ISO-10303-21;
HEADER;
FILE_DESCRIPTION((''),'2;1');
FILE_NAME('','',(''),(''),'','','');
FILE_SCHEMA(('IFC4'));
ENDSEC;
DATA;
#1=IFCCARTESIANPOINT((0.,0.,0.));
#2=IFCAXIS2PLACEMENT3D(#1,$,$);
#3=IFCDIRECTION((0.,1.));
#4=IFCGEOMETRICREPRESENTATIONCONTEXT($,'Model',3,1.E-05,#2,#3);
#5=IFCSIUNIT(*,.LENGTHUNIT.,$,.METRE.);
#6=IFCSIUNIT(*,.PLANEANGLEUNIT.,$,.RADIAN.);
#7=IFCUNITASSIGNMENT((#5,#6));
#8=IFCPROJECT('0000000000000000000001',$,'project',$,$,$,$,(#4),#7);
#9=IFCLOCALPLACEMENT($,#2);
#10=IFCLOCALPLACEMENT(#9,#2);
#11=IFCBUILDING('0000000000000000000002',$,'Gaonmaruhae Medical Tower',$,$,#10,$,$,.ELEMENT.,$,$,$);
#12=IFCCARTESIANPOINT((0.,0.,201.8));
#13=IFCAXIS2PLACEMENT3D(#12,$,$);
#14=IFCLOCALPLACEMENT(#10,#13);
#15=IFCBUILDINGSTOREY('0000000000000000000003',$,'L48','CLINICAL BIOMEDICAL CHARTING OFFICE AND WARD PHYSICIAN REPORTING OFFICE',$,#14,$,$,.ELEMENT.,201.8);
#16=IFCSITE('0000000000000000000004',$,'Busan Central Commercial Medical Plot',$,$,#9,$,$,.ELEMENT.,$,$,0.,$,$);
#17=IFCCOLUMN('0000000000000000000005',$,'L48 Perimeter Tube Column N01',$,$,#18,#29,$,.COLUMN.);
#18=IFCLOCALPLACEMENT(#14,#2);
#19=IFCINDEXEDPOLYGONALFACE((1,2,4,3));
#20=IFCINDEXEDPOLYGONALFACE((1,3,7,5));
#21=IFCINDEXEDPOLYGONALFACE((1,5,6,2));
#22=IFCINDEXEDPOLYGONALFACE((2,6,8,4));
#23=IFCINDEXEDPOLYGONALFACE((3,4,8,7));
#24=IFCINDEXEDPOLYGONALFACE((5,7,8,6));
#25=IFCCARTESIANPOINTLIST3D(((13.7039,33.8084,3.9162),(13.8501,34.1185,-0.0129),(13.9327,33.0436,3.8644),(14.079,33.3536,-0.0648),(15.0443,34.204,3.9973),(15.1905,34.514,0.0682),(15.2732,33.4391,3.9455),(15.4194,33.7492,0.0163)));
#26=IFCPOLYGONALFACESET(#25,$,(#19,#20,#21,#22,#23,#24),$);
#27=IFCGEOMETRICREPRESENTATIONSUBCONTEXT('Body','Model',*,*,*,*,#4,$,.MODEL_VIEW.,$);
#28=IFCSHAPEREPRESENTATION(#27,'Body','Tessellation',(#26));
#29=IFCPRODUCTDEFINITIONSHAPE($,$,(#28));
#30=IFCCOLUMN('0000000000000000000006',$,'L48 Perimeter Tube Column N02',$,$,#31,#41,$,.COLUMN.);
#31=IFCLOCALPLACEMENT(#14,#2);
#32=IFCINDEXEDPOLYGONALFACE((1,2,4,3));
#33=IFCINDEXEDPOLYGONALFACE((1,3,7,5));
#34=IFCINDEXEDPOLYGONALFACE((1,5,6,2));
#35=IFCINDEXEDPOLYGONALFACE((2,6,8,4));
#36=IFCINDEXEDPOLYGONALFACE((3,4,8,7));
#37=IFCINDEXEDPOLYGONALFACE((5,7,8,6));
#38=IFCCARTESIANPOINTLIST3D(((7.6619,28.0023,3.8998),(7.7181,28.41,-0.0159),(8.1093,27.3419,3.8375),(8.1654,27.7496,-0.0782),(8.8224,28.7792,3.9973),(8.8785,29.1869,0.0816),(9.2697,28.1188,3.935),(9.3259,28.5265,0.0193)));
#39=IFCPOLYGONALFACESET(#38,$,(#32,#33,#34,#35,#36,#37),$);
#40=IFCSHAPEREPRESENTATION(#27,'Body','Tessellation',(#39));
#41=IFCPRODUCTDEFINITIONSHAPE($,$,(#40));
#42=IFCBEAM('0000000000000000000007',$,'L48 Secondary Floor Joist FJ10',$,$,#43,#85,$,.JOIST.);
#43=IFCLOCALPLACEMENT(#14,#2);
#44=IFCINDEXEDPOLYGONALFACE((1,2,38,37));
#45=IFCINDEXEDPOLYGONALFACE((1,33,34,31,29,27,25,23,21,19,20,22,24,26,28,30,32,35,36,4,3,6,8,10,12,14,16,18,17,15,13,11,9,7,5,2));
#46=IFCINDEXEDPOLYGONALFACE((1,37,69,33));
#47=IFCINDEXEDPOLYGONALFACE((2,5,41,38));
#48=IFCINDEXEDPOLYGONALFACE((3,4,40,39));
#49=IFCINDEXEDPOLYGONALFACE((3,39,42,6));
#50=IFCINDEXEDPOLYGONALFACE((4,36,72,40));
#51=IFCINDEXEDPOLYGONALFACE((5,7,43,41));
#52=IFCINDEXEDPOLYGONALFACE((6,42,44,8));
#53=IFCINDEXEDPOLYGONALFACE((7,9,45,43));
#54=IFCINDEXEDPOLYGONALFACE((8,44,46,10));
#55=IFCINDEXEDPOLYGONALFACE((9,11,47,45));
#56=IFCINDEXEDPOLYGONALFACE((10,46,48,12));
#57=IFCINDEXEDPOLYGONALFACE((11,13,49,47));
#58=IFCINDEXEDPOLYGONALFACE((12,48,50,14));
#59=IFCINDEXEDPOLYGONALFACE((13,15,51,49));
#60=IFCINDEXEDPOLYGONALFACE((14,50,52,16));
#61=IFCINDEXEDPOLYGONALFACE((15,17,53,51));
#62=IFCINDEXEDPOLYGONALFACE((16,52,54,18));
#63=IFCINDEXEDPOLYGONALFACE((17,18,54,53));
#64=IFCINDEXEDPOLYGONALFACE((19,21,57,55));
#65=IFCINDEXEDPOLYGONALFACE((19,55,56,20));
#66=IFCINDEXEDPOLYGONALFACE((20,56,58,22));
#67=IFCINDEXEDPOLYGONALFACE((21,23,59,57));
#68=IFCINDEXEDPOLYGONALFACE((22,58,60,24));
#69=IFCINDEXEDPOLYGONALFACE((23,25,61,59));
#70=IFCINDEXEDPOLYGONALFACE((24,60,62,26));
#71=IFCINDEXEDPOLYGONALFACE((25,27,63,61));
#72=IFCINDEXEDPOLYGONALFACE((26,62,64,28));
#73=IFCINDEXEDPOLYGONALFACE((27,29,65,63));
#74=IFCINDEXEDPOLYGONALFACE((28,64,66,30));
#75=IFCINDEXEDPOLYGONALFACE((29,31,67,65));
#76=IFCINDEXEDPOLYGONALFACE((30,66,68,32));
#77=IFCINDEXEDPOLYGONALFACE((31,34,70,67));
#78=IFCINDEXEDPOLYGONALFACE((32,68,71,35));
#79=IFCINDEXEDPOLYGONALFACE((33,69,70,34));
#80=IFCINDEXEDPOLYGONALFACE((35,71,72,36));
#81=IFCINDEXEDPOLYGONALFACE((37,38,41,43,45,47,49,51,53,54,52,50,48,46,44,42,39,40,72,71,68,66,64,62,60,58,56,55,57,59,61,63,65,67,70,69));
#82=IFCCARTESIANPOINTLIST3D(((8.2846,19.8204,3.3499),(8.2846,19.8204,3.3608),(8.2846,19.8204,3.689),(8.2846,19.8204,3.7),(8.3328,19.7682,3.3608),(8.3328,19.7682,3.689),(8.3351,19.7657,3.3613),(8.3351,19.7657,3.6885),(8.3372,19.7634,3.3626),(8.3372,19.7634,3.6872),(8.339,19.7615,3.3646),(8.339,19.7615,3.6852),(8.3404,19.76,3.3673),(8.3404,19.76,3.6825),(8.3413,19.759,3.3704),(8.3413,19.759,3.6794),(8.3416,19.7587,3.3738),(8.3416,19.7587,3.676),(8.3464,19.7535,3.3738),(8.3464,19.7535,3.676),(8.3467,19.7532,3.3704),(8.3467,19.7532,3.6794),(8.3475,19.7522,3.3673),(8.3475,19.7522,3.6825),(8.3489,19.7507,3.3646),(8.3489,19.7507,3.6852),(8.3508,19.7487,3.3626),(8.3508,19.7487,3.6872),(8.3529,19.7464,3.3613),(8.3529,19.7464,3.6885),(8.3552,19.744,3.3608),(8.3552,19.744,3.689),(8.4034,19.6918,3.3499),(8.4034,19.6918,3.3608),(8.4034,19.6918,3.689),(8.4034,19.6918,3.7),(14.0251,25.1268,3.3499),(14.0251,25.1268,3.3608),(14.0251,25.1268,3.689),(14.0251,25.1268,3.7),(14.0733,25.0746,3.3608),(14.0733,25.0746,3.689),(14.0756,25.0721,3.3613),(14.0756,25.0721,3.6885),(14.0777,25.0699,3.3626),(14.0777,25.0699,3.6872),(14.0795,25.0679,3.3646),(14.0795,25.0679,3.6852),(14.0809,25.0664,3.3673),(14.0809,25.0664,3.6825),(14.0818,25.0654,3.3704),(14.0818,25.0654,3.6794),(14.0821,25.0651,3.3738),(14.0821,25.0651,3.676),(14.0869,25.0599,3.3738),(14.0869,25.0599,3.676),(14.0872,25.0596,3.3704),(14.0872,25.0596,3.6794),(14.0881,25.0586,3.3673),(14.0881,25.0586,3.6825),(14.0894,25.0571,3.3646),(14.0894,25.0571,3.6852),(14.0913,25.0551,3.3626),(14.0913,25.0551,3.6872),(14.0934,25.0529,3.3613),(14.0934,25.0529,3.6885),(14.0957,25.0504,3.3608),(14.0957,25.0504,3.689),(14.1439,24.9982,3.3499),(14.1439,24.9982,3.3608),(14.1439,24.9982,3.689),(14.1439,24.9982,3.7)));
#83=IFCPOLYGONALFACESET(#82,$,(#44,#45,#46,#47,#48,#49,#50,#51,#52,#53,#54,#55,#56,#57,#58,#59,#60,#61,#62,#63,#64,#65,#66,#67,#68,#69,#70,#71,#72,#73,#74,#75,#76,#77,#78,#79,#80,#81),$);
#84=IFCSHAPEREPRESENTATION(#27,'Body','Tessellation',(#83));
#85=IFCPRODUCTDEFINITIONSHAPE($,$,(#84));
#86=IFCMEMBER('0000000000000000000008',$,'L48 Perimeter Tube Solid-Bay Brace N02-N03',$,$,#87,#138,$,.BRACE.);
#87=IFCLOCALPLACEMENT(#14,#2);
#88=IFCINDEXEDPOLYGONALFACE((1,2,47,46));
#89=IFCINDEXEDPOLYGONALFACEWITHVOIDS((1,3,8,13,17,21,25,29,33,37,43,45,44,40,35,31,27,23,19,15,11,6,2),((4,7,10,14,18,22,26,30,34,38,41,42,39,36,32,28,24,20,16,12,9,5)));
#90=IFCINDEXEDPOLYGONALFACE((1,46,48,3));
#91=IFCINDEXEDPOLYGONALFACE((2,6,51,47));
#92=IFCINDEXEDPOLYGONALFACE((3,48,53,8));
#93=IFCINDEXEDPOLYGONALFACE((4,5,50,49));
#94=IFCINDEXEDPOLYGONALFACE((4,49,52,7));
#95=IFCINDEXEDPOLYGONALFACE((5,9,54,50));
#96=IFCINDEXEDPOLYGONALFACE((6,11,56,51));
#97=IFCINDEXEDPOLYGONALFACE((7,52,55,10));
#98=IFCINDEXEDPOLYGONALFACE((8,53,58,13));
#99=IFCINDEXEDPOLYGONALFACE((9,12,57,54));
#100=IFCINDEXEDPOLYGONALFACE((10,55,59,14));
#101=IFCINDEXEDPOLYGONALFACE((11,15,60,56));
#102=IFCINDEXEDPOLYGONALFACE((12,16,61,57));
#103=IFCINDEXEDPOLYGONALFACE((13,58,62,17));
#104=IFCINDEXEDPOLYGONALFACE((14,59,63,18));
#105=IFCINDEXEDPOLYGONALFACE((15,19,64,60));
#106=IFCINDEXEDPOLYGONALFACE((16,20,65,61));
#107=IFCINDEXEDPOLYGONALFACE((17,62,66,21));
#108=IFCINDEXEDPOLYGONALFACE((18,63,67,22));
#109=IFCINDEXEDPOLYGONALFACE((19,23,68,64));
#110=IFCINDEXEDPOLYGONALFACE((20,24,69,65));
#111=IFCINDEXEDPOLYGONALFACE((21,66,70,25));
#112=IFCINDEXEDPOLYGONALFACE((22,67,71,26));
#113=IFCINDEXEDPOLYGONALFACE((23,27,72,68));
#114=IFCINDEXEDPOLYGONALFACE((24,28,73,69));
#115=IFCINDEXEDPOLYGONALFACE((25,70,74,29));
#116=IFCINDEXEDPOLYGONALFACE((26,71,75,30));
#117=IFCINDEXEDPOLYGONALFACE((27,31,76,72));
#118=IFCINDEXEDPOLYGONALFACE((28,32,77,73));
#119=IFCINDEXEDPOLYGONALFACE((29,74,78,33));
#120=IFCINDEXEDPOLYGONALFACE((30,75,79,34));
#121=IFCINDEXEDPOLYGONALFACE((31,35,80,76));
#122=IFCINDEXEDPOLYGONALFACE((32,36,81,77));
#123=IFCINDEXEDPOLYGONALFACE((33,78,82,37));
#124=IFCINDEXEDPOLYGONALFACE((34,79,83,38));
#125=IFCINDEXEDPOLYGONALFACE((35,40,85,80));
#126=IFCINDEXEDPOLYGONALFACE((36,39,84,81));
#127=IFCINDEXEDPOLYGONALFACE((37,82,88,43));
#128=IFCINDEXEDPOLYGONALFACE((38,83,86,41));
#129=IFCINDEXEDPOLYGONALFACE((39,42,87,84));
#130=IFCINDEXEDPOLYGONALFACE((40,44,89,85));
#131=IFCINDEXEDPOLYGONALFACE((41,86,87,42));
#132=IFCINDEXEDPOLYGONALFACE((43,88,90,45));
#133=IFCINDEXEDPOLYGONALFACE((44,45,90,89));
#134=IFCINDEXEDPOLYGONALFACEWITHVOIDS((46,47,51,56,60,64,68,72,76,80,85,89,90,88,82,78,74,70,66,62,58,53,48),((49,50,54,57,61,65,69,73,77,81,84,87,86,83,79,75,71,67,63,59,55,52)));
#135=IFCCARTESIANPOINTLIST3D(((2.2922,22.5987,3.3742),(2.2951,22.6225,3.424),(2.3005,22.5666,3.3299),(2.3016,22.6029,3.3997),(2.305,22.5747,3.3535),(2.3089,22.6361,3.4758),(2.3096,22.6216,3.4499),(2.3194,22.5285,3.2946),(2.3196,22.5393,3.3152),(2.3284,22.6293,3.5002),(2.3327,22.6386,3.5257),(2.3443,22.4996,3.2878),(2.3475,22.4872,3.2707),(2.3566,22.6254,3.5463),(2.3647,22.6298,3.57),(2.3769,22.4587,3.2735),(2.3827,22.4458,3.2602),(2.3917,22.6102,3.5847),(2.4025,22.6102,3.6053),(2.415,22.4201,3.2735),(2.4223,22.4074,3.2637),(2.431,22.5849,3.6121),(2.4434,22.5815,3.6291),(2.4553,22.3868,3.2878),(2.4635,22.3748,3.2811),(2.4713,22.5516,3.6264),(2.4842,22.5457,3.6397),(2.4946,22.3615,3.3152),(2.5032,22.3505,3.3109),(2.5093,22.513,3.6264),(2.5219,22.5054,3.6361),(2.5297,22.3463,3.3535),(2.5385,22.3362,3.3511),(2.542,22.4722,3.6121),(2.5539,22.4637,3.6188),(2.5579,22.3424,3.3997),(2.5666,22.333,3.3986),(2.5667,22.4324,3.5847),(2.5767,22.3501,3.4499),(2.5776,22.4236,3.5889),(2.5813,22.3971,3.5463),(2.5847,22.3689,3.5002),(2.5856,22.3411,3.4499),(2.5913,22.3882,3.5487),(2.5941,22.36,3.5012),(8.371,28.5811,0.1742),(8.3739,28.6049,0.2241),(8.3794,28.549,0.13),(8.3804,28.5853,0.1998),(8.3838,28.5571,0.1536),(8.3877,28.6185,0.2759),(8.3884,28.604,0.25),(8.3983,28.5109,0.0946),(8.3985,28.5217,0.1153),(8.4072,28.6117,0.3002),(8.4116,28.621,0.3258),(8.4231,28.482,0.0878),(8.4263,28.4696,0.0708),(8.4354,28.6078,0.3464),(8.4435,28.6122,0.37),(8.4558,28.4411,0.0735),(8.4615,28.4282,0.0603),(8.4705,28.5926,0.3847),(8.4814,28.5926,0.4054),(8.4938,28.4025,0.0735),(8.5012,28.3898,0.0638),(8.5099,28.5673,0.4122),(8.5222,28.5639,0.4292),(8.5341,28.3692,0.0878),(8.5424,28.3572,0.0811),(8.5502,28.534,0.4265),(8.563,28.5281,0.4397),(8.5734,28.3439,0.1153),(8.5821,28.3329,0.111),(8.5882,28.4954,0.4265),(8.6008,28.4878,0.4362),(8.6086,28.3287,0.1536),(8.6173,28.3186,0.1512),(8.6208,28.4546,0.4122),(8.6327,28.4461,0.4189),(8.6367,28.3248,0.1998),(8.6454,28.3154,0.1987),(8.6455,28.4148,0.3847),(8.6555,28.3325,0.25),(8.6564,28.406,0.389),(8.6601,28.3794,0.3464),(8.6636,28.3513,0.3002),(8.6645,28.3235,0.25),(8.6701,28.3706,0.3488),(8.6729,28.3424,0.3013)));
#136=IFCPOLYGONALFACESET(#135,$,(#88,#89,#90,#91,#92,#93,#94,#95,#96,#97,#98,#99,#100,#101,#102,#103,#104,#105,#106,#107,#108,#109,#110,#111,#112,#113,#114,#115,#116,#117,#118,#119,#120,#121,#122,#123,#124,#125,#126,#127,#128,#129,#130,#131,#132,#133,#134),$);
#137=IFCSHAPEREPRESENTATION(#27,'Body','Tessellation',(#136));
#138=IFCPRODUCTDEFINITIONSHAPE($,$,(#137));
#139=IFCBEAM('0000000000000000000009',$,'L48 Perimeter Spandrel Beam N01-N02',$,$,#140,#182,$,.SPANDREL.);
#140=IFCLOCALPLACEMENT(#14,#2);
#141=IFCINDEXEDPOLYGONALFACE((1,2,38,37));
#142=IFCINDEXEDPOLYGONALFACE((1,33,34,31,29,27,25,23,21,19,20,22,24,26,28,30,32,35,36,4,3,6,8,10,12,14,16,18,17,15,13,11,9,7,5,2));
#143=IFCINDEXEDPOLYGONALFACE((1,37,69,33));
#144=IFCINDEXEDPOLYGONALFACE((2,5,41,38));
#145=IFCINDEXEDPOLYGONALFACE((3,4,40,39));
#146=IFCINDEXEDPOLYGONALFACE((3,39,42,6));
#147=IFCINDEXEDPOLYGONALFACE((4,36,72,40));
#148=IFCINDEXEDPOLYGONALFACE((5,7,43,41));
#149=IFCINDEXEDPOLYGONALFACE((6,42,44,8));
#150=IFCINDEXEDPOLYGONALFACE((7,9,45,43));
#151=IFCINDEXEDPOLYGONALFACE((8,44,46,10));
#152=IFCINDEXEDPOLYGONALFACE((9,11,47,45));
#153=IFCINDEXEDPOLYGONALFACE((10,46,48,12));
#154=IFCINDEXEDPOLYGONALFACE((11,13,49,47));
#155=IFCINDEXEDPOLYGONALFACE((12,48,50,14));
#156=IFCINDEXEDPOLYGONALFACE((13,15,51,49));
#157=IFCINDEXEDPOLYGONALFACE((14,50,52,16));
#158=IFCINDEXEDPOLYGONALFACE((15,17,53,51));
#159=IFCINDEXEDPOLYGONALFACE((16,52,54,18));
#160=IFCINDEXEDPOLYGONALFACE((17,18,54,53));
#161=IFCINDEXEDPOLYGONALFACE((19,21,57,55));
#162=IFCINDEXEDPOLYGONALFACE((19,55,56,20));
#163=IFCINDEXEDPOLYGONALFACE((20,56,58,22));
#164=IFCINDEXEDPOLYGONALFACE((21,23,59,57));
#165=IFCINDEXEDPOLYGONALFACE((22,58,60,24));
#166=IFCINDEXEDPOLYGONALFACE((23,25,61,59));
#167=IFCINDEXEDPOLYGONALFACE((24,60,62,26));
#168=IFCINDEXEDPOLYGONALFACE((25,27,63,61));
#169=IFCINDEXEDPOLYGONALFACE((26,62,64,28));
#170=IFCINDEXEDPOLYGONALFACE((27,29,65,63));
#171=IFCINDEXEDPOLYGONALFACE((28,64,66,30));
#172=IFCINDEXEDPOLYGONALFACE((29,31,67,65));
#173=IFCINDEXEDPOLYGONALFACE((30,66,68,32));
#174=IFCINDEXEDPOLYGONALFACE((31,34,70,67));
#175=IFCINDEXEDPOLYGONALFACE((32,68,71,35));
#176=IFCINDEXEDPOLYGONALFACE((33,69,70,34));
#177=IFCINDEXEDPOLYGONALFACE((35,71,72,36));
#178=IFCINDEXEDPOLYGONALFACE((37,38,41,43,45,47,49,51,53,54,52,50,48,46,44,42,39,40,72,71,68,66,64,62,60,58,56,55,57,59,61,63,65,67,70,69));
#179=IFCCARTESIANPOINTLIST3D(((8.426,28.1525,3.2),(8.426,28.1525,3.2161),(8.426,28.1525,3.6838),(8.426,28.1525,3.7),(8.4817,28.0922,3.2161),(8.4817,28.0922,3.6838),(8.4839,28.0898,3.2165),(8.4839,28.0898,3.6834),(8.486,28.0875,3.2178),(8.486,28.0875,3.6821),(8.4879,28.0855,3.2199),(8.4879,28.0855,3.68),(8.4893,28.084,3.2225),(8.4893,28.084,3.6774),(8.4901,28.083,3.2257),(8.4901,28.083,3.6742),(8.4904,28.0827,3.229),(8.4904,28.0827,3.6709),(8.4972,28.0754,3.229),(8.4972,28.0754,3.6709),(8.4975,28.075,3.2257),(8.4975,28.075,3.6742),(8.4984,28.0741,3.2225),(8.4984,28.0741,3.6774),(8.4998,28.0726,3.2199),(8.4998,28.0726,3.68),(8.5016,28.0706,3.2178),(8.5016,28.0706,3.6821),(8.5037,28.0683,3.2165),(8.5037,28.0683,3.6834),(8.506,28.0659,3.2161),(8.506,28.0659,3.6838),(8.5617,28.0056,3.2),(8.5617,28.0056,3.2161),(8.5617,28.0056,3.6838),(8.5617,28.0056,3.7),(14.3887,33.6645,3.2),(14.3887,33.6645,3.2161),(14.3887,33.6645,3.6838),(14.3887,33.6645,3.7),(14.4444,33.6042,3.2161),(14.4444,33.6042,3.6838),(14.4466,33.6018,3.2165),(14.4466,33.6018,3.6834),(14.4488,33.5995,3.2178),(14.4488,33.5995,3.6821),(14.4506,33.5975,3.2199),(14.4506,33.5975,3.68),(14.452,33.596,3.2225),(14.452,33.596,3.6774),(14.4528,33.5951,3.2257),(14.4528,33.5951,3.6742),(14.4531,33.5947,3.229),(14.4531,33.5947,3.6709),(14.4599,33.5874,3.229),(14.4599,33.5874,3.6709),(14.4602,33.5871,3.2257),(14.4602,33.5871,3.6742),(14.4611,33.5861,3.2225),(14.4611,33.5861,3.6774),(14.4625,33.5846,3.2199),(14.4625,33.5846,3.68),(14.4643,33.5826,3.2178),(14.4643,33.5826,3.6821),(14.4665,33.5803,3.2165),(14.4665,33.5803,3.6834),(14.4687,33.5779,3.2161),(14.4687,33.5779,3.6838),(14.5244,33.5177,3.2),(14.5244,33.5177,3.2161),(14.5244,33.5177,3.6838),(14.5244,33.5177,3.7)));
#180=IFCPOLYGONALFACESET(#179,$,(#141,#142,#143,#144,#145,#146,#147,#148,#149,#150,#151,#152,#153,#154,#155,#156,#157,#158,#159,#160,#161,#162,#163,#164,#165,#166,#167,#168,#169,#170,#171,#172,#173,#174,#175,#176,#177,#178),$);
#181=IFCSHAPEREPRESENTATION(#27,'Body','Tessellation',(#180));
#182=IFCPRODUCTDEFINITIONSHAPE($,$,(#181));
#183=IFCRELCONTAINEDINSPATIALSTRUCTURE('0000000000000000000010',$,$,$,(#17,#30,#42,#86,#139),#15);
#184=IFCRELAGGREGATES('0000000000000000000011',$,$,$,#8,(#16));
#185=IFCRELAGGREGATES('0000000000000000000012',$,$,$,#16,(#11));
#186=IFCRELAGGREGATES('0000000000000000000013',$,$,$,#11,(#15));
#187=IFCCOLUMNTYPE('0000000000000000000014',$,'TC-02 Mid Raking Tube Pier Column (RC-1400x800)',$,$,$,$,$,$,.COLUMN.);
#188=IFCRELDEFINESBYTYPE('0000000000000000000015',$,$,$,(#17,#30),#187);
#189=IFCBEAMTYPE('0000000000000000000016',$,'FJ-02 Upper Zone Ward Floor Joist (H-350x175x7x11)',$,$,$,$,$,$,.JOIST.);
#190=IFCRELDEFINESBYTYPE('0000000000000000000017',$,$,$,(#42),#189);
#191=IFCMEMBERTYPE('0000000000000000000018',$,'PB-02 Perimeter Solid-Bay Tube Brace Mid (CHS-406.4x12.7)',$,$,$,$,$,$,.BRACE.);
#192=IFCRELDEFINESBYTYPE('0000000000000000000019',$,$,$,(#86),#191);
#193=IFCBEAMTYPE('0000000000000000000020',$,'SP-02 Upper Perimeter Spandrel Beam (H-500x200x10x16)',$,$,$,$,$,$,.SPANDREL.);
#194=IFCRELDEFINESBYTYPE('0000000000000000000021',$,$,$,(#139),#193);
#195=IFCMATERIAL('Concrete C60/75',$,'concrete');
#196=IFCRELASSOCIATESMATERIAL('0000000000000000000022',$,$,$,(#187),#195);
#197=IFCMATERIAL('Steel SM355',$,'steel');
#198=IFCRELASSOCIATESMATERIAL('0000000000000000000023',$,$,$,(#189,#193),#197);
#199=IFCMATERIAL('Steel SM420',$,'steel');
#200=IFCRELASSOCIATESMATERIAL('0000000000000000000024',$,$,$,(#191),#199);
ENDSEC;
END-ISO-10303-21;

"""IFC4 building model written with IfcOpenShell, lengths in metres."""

from ifc_helpers import new_model, si_unit, direction, frame, origin, origin_2d, place, context, subcontext, project, spatial, rectangle, hollow_circle, i_section, extrude, material, material_profile, profile_set, type_object, element, save


model = new_model("IFC4")

# Units and contexts
model_context = context("Model", 3, precision=1e-05, world=origin(), true_north=direction((0.0, 1.0)))
body_context = subcontext(model_context, "Body", "Model", "MODEL_VIEW")
ifc_project = project(units=[si_unit("LENGTHUNIT", "METRE"), si_unit("PLANEANGLEUNIT", "RADIAN")], contexts=[model_context])

# Site, building, storey
site_placement = place(None, origin())
site = spatial("IfcSite", under=ifc_project, at=site_placement, Name="Busan Central Commercial Medical Plot", CompositionType="ELEMENT", RefElevation=0.0)
building_placement = place(site_placement, origin())
building = spatial("IfcBuilding", under=site, at=building_placement, Name="Gaonmaruhae Medical Tower", CompositionType="ELEMENT")
storey_placement = place(building_placement, frame((0.0, 0.0, 201.8)))
storey = spatial("IfcBuildingStorey", under=building, at=storey_placement, Name="L48", Description="CLINICAL BIOMEDICAL CHARTING OFFICE AND WARD PHYSICIAN REPORTING OFFICE", CompositionType="ELEMENT", Elevation=201.8)

# Columns
ifc_material_1 = material(Name="Concrete C60/75", Category="concrete")
ifc_material_profile_1 = material_profile(ifc_material_1, rectangle(XDim=1.3999, YDim=0.8, at=origin_2d()), Name="RC-1400x800")
ifc_profile_set_1 = profile_set([ifc_material_profile_1], Name="Concrete C60/75")
column_type = type_object("IfcColumnType", Name="TC-02 Mid Raking Tube Pier Column (RC-1400x800)", PredefinedType="COLUMN", material=ifc_profile_set_1)
column_1_placement = place(storey_placement, frame((14.6348, 33.9338, 0.0017), z_axis=(-0.037078, -0.078613, 0.996215), x_axis=(0.957501, 0.282553, 0.057934)))
element("IfcColumn", 1, at=column_1_placement, inside=storey, type_object=column_type, Name="L48 Perimeter Tube Column N01", PredefinedType="COLUMN", context=body_context, shape_type="SweptSolid", body=[
    extrude(rectangle(XDim=1.3999, YDim=0.8, at=origin_2d()), origin(), (0.0, 0.0, 1.0), 3.9441),
])
column_2_placement = place(storey_placement, frame((8.522, 28.4683, 0.0017), z_axis=(-0.014261, -0.103551, 0.994522), x_axis=(0.828946, 0.554972, 0.069671)))
element("IfcColumn", 2, at=column_2_placement, inside=storey, type_object=column_type, Name="L48 Perimeter Tube Column N02", PredefinedType="COLUMN", context=body_context, shape_type="SweptSolid", body=[
    extrude(rectangle(XDim=1.3999, YDim=0.8, at=origin_2d()), origin(), (0.0, 0.0, 1.0), 3.9373),
])

# Beam
ifc_material_2 = material(Name="Steel SM355", Category="steel")
ifc_material_profile_2 = material_profile(ifc_material_2, i_section(OverallWidth=0.175, OverallDepth=0.3501, WebThickness=0.0071, FlangeThickness=0.011, FilletRadius=0.0129, at=origin_2d()), Name="H-350x175x7x11")
ifc_profile_set_2 = profile_set([ifc_material_profile_2], Name="Steel SM355")
beam_type_1 = type_object("IfcBeamType", Name="FJ-02 Upper Zone Ward Floor Joist (H-350x175x7x11)", PredefinedType="JOIST", material=ifc_profile_set_2)
beam_placement = place(storey_placement, frame((14.0845, 25.0625, 3.5249), z_axis=(-0.734326, -0.678797, 0.0), x_axis=(0.678797, -0.734326, 0.0)))
element("IfcBeam", 3, at=beam_placement, inside=storey, type_object=beam_type_1, Name="L48 Secondary Floor Joist FJ10", PredefinedType="JOIST", context=body_context, shape_type="SweptSolid", body=[
    extrude(i_section(OverallWidth=0.175, OverallDepth=0.3501, WebThickness=0.0071, FlangeThickness=0.011, FilletRadius=0.0129, at=origin_2d()), origin(), (0.0, 0.0, 1.0), 7.8174),
])

# Member
ifc_material_3 = material(Name="Steel SM420", Category="steel")
ifc_material_profile_3 = material_profile(ifc_material_3, hollow_circle(Radius=0.2031, WallThickness=0.0127, at=origin_2d()), Name="CHS-406.4x12.7")
ifc_profile_set_3 = profile_set([ifc_material_profile_3], Name="Steel SM420")
member_type = type_object("IfcMemberType", Name="PB-02 Perimeter Solid-Bay Tube Brace Mid (CHS-406.4x12.7)", PredefinedType="BRACE", material=ifc_profile_set_3)
member_placement = place(storey_placement, frame((8.522, 28.4683, 0.25), z_axis=(-0.667315, -0.656729, 0.351279), x_axis=(0.701431, -0.712738, 0.0)))
element("IfcMember", 4, at=member_placement, inside=storey, type_object=member_type, Name="L48 Perimeter Tube Solid-Bay Brace N02-N03", PredefinedType="BRACE", context=body_context, shape_type="SweptSolid", body=[
    extrude(hollow_circle(Radius=0.2031, WallThickness=0.0127, at=origin_2d()), origin(), (0.0, 0.0, 1.0), 9.1094),
])

# Beam
ifc_material_profile_4 = material_profile(ifc_material_2, i_section(OverallWidth=0.2, OverallDepth=0.5, WebThickness=0.01, FlangeThickness=0.0161, FilletRadius=0.0129, at=origin_2d()), Name="H-500x200x10x16")
ifc_profile_set_4 = profile_set([ifc_material_profile_4], Name="Steel SM355")
beam_type_2 = type_object("IfcBeamType", Name="SP-02 Upper Perimeter Spandrel Beam (H-500x200x10x16)", PredefinedType="SPANDREL", material=ifc_profile_set_4)
for number, where, z_axis, x_axis, name in (
    (5, (14.4565, 33.5911, 3.45), (-0.734313, -0.678811, 0.0), (0.678811, -0.734313, 0.0), "L48 Perimeter Spandrel Beam N01-N02"),
):
    element("IfcBeam", number, at=place(storey_placement, frame(where, z_axis=z_axis, x_axis=x_axis)), inside=storey, type_object=beam_type_2, Name=name, PredefinedType="SPANDREL", context=body_context, shape_type="SweptSolid", body=[
        extrude(i_section(OverallWidth=0.2, OverallDepth=0.5, WebThickness=0.01, FlangeThickness=0.0161, FilletRadius=0.0129, at=origin_2d()), origin(), (0.0, 0.0, 1.0), 8.1201),
    ])

save(model, "model.ifc")
